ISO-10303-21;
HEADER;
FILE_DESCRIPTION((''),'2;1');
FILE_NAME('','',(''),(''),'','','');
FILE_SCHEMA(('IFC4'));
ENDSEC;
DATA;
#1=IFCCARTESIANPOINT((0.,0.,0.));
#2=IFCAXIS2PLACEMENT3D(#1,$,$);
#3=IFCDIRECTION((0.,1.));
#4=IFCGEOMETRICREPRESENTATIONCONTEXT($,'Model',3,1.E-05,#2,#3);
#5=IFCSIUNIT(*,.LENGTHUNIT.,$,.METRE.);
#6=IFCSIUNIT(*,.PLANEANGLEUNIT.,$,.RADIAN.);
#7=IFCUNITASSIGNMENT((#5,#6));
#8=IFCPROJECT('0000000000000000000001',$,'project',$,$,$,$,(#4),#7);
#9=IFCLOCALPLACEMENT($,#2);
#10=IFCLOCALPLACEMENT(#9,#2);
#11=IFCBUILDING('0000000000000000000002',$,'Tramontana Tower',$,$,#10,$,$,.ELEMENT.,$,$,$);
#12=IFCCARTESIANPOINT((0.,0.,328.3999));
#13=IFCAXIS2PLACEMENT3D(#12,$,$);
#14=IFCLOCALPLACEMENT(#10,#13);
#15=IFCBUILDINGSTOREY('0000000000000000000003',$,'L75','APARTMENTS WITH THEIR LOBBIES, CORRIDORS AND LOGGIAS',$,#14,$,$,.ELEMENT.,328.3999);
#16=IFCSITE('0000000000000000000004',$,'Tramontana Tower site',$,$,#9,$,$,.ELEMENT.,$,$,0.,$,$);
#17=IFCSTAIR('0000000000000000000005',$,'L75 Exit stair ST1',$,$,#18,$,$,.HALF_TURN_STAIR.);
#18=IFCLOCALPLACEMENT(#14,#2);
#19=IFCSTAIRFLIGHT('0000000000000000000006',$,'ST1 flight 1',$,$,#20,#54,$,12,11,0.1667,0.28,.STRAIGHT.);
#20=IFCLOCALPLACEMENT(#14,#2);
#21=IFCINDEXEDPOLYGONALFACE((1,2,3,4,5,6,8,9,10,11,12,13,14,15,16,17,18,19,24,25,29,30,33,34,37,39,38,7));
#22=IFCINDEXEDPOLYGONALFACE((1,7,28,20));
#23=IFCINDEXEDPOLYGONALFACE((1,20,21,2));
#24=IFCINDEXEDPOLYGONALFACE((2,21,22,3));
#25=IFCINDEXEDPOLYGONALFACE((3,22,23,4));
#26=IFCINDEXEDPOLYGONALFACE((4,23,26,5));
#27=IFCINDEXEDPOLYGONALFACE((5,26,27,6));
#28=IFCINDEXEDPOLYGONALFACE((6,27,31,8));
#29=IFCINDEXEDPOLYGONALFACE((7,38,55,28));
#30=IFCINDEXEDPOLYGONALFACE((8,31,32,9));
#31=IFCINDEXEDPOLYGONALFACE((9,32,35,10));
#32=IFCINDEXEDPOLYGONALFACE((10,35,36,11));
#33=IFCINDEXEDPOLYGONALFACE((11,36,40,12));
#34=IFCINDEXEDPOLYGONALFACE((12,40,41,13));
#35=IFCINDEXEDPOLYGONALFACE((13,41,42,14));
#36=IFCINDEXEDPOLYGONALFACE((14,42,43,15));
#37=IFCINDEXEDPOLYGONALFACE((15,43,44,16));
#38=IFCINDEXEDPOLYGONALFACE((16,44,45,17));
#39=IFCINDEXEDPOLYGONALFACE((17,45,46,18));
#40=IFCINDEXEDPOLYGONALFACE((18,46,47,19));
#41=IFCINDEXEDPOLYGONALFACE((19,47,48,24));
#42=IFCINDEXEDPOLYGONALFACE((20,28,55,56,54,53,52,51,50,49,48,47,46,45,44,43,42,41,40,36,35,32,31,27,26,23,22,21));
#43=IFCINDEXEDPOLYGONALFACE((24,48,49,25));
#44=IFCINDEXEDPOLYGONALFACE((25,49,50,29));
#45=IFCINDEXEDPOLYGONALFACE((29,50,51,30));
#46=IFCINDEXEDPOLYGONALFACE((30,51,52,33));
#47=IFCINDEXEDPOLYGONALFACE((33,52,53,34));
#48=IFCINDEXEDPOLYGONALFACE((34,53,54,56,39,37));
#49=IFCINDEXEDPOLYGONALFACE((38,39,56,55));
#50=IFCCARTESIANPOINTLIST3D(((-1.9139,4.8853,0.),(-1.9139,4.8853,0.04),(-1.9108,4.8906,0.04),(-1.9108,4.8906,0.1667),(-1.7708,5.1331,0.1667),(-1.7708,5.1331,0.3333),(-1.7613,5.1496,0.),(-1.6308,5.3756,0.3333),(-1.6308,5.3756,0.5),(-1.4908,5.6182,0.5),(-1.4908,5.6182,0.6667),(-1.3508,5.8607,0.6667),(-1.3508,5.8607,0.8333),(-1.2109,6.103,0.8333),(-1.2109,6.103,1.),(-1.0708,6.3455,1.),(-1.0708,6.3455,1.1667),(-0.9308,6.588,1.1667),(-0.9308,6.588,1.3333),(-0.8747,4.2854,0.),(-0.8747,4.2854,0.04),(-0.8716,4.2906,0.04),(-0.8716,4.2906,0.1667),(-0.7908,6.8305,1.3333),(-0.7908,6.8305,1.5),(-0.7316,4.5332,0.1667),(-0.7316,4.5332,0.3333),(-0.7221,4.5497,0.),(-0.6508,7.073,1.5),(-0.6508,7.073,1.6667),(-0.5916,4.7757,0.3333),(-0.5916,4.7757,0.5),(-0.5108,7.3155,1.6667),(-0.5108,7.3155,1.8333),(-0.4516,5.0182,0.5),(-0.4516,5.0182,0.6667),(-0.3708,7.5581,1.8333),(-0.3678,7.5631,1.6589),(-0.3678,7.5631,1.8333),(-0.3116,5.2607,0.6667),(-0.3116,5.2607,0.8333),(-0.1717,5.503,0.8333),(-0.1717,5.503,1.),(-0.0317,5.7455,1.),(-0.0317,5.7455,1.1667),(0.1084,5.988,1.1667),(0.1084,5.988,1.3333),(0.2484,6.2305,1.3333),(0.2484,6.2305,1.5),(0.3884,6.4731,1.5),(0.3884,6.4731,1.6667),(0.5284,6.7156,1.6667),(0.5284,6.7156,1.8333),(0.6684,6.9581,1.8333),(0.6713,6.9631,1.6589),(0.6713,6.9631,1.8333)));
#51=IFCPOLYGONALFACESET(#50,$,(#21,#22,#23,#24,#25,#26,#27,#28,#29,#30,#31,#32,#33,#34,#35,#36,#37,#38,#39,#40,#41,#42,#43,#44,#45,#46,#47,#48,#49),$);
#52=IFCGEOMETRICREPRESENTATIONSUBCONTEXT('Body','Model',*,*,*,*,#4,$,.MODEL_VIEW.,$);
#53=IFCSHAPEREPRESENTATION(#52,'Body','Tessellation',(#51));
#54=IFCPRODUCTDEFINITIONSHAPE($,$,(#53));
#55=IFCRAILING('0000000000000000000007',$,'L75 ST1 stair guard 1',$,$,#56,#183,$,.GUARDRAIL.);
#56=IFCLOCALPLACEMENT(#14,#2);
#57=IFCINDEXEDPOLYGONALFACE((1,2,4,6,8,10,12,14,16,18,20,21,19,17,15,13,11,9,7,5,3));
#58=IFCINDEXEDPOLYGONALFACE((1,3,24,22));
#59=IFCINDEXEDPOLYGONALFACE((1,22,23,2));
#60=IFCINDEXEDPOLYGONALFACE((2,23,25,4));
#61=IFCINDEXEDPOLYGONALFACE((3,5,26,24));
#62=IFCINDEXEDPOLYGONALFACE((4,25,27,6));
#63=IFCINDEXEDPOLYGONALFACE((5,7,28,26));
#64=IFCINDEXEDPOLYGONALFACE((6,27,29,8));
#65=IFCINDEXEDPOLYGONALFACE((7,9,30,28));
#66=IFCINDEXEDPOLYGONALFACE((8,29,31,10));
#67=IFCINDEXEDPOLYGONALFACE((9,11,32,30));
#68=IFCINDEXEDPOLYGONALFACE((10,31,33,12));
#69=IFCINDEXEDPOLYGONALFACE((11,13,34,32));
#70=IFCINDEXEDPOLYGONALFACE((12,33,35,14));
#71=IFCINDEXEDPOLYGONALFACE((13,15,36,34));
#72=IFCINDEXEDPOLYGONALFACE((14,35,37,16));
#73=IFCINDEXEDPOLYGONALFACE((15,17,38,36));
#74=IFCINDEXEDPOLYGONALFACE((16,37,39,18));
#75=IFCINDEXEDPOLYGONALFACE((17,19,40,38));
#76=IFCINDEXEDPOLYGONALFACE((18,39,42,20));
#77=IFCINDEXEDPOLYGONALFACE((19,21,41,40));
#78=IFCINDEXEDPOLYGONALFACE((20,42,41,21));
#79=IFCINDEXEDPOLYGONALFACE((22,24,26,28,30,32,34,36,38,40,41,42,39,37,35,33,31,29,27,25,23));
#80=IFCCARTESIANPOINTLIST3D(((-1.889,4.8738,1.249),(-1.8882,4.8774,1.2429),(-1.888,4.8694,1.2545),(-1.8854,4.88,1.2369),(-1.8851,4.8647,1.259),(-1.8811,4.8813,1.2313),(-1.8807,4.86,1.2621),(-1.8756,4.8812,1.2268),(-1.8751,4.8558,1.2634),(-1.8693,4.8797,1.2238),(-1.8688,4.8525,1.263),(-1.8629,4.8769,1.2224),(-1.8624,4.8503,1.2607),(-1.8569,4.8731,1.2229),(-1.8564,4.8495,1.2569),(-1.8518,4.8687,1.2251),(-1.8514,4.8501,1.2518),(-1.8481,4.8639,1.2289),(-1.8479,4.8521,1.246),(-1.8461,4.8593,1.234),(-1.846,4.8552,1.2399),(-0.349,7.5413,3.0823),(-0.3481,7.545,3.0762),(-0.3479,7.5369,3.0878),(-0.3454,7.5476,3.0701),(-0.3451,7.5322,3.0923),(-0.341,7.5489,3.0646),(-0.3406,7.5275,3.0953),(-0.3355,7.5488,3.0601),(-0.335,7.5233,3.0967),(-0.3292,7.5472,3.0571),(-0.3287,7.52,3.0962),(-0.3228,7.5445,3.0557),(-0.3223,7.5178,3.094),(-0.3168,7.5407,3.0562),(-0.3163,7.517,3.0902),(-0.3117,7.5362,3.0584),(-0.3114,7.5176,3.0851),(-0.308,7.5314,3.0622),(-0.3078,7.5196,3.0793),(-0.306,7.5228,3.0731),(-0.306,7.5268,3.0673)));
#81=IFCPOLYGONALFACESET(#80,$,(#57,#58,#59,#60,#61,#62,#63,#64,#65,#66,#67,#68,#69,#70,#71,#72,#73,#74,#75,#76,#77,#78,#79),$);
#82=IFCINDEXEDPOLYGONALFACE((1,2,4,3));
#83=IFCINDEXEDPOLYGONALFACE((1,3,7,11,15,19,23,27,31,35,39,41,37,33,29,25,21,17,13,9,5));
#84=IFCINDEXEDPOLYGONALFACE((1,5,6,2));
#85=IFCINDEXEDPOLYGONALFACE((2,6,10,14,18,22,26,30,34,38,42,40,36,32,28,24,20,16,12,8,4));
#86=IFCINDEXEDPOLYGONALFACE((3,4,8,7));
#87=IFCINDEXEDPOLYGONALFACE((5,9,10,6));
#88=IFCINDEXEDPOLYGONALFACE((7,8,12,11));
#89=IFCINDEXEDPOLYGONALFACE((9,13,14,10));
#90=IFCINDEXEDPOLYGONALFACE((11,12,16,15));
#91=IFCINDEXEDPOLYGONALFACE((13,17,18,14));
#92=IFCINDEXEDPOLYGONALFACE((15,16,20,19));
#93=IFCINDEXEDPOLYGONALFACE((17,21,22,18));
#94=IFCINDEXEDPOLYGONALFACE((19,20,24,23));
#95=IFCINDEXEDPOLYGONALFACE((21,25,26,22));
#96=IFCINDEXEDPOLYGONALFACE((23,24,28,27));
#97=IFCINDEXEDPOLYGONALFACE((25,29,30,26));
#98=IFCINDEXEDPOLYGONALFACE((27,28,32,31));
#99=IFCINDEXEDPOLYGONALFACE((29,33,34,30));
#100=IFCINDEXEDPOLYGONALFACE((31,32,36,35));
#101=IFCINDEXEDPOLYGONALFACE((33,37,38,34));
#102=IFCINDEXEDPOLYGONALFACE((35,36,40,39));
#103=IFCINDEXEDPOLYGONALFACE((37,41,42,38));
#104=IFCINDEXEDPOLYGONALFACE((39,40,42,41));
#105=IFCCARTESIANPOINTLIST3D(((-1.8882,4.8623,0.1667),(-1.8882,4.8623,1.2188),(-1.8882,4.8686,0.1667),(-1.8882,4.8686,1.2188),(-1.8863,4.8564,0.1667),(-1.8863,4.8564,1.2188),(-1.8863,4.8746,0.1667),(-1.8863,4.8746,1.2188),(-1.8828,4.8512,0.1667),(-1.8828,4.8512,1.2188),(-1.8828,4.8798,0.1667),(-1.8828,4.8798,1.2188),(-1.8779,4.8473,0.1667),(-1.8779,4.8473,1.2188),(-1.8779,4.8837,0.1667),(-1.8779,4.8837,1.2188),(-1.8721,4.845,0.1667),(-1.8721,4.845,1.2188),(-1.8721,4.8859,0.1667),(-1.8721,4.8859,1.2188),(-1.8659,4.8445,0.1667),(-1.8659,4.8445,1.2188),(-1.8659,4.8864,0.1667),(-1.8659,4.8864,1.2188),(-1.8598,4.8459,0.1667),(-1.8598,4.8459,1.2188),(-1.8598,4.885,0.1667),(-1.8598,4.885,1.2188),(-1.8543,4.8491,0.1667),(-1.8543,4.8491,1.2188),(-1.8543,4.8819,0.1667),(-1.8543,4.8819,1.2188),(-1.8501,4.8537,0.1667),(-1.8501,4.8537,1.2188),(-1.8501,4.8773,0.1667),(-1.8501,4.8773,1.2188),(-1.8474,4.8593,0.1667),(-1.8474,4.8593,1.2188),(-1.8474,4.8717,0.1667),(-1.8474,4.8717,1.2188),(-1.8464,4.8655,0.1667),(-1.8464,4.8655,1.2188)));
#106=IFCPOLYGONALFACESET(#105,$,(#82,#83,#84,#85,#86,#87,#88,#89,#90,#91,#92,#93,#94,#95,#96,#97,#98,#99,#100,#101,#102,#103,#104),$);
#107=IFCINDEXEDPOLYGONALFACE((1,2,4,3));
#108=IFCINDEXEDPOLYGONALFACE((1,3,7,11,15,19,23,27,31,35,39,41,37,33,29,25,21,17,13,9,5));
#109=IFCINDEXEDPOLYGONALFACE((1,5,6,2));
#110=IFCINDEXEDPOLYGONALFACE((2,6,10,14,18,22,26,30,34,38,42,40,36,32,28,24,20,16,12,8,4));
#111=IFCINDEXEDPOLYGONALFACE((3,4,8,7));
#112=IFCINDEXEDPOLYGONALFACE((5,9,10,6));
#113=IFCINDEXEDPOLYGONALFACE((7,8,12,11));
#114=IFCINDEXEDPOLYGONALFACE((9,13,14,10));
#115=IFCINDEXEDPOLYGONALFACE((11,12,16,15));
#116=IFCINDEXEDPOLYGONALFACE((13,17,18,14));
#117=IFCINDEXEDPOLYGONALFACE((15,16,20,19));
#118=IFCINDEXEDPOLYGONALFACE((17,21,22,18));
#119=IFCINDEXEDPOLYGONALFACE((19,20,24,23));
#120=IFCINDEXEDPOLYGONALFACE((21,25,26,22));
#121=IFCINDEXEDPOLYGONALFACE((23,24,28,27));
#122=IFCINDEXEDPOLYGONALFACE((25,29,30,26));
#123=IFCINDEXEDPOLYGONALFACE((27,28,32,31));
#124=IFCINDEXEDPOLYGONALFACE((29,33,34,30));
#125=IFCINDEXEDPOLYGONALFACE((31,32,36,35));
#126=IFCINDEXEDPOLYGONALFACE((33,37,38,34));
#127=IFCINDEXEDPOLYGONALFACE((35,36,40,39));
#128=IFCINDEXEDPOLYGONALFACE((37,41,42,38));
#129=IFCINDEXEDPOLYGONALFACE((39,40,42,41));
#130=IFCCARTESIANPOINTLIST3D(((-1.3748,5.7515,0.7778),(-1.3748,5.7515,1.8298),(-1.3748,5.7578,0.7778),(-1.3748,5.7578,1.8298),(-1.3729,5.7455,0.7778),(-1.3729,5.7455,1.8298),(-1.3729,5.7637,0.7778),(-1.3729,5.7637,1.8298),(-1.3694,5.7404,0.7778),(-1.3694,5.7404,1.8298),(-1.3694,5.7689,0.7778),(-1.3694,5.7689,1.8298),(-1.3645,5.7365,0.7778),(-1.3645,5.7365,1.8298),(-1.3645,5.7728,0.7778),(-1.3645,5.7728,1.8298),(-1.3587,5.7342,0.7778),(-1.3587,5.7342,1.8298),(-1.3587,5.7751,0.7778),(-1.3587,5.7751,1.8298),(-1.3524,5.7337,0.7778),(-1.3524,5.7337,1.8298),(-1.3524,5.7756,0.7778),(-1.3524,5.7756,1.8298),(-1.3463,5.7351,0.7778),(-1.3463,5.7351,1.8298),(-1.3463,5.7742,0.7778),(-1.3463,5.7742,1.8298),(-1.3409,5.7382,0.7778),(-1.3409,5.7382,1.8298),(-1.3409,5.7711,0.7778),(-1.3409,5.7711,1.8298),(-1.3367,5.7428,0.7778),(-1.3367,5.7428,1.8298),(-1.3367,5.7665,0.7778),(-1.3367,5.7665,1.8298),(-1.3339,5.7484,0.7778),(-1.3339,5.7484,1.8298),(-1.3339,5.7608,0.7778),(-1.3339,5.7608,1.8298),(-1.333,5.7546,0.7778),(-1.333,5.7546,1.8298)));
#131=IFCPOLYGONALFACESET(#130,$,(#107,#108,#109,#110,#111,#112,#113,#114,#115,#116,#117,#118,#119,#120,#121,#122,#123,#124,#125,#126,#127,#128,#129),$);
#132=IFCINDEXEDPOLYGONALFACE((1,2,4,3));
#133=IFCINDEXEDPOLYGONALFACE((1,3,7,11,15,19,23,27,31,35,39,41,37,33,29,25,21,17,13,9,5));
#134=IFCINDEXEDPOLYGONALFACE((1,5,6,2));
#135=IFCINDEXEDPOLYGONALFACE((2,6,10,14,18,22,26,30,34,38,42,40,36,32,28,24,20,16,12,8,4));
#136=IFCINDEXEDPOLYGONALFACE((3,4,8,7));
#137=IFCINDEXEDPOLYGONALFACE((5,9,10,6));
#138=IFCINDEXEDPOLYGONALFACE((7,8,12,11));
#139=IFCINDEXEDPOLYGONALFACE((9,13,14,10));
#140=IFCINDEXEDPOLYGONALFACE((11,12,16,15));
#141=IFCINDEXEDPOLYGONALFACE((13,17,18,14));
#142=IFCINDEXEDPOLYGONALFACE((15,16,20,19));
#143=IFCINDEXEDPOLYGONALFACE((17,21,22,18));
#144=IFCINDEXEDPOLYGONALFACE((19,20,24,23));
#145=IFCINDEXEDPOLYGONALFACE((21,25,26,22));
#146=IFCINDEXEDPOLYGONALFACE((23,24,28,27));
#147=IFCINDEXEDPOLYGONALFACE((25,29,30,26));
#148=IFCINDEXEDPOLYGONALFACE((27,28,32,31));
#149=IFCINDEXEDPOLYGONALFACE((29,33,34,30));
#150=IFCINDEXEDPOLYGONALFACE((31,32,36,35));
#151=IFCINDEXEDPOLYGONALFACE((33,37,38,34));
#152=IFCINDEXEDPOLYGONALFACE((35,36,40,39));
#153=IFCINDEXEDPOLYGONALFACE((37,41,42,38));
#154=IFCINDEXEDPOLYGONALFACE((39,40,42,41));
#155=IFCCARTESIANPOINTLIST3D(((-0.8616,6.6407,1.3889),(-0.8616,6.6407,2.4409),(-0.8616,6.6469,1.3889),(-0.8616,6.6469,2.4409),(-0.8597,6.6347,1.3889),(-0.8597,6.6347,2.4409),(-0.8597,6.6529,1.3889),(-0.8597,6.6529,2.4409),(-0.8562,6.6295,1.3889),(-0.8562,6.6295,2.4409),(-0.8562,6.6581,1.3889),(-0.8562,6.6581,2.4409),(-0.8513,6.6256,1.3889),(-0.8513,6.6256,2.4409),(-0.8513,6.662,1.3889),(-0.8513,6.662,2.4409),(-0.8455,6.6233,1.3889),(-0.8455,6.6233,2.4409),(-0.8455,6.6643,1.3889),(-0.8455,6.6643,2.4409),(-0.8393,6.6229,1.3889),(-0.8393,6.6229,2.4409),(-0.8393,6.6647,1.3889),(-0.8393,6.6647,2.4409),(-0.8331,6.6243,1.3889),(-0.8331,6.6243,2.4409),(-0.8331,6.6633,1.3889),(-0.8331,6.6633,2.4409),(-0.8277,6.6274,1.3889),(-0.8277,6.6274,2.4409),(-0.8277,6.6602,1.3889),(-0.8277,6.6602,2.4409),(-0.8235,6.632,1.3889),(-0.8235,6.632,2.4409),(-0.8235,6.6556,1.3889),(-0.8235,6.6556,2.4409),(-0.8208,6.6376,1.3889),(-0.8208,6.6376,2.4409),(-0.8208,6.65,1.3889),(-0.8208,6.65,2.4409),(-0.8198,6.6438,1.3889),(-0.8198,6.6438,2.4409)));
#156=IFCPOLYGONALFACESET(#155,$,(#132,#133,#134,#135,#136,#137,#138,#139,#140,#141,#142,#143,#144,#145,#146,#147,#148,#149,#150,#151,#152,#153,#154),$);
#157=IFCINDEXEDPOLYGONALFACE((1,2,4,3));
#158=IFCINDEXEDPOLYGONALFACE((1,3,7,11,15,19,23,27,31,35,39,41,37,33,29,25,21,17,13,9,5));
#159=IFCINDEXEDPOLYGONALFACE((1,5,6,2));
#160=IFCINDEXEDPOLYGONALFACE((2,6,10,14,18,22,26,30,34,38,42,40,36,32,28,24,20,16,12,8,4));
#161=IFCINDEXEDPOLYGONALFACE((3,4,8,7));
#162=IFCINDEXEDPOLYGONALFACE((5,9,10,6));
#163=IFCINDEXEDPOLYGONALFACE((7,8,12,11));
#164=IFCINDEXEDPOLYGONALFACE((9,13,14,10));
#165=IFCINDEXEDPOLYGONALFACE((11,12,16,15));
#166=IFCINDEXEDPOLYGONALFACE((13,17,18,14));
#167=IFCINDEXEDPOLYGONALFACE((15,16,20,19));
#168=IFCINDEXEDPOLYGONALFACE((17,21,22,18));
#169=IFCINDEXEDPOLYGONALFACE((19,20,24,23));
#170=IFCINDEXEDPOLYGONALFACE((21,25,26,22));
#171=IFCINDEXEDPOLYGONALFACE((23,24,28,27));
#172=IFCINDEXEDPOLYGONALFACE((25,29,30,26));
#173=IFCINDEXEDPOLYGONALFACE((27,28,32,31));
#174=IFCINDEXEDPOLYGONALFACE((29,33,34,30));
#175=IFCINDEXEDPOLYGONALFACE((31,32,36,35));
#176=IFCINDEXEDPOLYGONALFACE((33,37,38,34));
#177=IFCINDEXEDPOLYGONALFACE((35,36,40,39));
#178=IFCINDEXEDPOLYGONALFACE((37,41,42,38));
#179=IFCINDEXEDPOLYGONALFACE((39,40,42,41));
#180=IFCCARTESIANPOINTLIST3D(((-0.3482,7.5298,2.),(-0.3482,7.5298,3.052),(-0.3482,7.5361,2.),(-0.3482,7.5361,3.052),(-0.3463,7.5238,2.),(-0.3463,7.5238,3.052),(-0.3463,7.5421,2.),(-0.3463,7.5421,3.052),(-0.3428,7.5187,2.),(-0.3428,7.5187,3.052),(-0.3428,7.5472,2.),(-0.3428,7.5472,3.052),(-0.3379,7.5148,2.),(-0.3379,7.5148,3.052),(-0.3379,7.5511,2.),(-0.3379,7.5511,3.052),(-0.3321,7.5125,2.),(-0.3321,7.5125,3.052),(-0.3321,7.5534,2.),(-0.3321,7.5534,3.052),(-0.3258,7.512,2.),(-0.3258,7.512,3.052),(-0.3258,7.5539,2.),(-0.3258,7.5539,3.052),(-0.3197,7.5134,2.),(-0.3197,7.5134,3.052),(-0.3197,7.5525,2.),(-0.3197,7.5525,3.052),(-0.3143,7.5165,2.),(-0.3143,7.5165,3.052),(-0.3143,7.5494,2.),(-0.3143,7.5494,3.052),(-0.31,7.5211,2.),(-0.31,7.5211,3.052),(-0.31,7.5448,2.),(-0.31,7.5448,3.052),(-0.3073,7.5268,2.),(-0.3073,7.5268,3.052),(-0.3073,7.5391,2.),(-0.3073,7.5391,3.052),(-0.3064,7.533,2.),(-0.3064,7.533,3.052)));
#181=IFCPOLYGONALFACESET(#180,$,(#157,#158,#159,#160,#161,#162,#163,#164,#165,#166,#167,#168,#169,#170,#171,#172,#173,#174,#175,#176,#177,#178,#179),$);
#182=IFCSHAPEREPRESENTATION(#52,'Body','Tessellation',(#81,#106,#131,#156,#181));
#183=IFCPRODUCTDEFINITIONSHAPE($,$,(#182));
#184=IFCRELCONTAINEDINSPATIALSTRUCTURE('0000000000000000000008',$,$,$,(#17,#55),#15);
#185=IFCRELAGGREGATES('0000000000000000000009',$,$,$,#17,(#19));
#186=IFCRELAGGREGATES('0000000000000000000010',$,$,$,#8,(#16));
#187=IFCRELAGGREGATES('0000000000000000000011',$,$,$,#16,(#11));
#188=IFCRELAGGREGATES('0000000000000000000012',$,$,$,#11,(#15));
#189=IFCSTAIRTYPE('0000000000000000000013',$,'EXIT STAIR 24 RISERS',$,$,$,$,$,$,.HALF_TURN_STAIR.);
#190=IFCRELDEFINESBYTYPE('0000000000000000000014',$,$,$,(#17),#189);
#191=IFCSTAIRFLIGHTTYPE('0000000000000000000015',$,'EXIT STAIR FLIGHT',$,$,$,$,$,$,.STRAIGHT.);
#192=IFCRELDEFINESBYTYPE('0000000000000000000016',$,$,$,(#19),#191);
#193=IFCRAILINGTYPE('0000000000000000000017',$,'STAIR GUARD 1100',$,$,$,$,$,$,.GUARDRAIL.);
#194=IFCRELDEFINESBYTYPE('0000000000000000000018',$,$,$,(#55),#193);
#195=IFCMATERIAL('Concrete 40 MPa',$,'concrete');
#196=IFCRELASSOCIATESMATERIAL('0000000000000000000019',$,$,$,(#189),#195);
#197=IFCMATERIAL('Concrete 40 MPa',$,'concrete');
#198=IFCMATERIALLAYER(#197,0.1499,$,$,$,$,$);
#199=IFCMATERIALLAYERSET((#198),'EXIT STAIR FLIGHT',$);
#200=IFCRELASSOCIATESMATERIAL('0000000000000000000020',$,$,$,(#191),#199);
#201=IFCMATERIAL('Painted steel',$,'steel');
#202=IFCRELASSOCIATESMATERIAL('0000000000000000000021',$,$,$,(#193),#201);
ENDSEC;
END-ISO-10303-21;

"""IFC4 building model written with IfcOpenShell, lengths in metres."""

from ifc_helpers import new_model, si_unit, direction, frame, origin, origin_2d, place, context, subcontext, project, spatial, polyline, circle, outline, extrude, material, layer, layer_set, type_object, element, aggregate, save


model = new_model("IFC4")

# Units and contexts
model_context = context("Model", 3, precision=1e-05, world=origin(), true_north=direction((0.0, 1.0)))
body_context = subcontext(model_context, "Body", "Model", "MODEL_VIEW")
ifc_project = project(units=[si_unit("LENGTHUNIT", "METRE"), si_unit("PLANEANGLEUNIT", "RADIAN")], contexts=[model_context])

# Site, building, storey
site_placement = place(None, origin())
site = spatial("IfcSite", under=ifc_project, at=site_placement, Name="Tramontana Tower site", CompositionType="ELEMENT", RefElevation=0.0)
building_placement = place(site_placement, origin())
building = spatial("IfcBuilding", under=site, at=building_placement, Name="Tramontana Tower", CompositionType="ELEMENT")
storey_placement = place(building_placement, frame((0.0, 0.0, 328.3999)))
storey = spatial("IfcBuildingStorey", under=building, at=storey_placement, Name="L75", Description="APARTMENTS WITH THEIR LOBBIES, CORRIDORS AND LOGGIAS", CompositionType="ELEMENT", Elevation=328.3999)

# Shared definitions
ifc_material_1 = material(Name="Concrete 40 MPa", Category="concrete")
stair_type = type_object("IfcStairType", Name="EXIT STAIR 24 RISERS", PredefinedType="HALF_TURN_STAIR", material=ifc_material_1)

# Stair, stair flight
stair_1_placement = place(storey_placement, origin())
stair_1 = element("IfcStair", 1, at=stair_1_placement, inside=storey, type_object=stair_type, Name="L75 Exit stair ST1", PredefinedType="HALF_TURN_STAIR")
ifc_material_2 = material(Name="Concrete 40 MPa", Category="concrete")
ifc_layer_1 = layer(ifc_material_2, 0.1499)
ifc_layer_set_1 = layer_set([ifc_layer_1], Name="EXIT STAIR FLIGHT")
stair_flight_type = type_object("IfcStairFlightType", Name="EXIT STAIR FLIGHT", PredefinedType="STRAIGHT", material=ifc_layer_set_1)
stair_flight_placement = place(storey_placement, frame((-1.3911, 4.5906, 0.0), z_axis=(0.0, 0.0, 1.0), x_axis=(0.5, 0.866025, 0.0)))
stair_flight = element("IfcStairFlight", 2, at=stair_flight_placement, type_object=stair_flight_type, Name="ST1 flight 1", NumberOfRisers=12, NumberOfTreads=11, PredefinedType="STRAIGHT", RiserHeight=0.1667, TreadLength=0.28, context=body_context, shape_type="SweptSolid", body=[
    extrude(outline(polyline([(-0.0061, 0.0), (-0.0061, 0.04), (0.0, 0.04), (0.0, 0.1667), (0.28, 0.1667), (0.28, 0.3333), (0.5601, 0.3333), (0.5601, 0.5), (0.8401, 0.5), (0.8401, 0.6667), (1.1201, 0.6667), (1.1201, 0.8333), (1.3999, 0.8333), (1.3999, 1.0), (1.6799, 1.0), (1.6799, 1.1667), (1.96, 1.1667), (1.96, 1.3333), (2.24, 1.3333), (2.24, 1.5), (2.52, 1.5), (2.52, 1.6667), (2.8, 1.6667), (2.8, 1.8333), (3.0801, 1.8333), (3.0859, 1.8333), (3.0859, 1.6589), (0.2991, 0.0), (-0.0061, 0.0)])), frame((0.0, 0.6001, 0.0), z_axis=(0.0, -1.0, 0.0), x_axis=(1.0, 0.0, 0.0)), (0.0, 0.0, 1.0), 1.2),
])
aggregate(stair_1, [stair_flight])

# Railing
ifc_material_3 = material(Name="Painted steel", Category="steel")
railing_type_1 = type_object("IfcRailingType", Name="STAIR GUARD 1100", PredefinedType="GUARDRAIL", material=ifc_material_3)
railing_1_placement = place(storey_placement, frame((-1.8674, 4.8655, 0.1667)))
element("IfcRailing", 3, at=railing_1_placement, inside=storey, type_object=railing_type_1, Name="L75 ST1 stair guard 1", PredefinedType="GUARDRAIL", context=body_context, shape_type="SweptSolid", body=[
    extrude(circle(Radius=0.0239, at=origin_2d()), frame((0.0, 0.0, 1.0762), z_axis=(0.429649, 0.74419, 0.511452), x_axis=(-0.86603, 0.499992, 0.0)), (0.0, 0.0, 1.0), 3.5845),
    extrude(circle(Radius=0.021, at=origin_2d()), origin(), (0.0, 0.0, 1.0), 1.052),
    extrude(circle(Radius=0.021, at=origin_2d()), frame((0.5134, 0.8892, 0.6111)), (0.0, 0.0, 1.0), 1.052),
    extrude(circle(Radius=0.021, at=origin_2d()), frame((1.0266, 1.7783, 1.2222)), (0.0, 0.0, 1.0), 1.052),
    extrude(circle(Radius=0.021, at=origin_2d()), frame((1.54, 2.6675, 1.8333)), (0.0, 0.0, 1.0), 1.052),
])

save(model, "model.ifc")
